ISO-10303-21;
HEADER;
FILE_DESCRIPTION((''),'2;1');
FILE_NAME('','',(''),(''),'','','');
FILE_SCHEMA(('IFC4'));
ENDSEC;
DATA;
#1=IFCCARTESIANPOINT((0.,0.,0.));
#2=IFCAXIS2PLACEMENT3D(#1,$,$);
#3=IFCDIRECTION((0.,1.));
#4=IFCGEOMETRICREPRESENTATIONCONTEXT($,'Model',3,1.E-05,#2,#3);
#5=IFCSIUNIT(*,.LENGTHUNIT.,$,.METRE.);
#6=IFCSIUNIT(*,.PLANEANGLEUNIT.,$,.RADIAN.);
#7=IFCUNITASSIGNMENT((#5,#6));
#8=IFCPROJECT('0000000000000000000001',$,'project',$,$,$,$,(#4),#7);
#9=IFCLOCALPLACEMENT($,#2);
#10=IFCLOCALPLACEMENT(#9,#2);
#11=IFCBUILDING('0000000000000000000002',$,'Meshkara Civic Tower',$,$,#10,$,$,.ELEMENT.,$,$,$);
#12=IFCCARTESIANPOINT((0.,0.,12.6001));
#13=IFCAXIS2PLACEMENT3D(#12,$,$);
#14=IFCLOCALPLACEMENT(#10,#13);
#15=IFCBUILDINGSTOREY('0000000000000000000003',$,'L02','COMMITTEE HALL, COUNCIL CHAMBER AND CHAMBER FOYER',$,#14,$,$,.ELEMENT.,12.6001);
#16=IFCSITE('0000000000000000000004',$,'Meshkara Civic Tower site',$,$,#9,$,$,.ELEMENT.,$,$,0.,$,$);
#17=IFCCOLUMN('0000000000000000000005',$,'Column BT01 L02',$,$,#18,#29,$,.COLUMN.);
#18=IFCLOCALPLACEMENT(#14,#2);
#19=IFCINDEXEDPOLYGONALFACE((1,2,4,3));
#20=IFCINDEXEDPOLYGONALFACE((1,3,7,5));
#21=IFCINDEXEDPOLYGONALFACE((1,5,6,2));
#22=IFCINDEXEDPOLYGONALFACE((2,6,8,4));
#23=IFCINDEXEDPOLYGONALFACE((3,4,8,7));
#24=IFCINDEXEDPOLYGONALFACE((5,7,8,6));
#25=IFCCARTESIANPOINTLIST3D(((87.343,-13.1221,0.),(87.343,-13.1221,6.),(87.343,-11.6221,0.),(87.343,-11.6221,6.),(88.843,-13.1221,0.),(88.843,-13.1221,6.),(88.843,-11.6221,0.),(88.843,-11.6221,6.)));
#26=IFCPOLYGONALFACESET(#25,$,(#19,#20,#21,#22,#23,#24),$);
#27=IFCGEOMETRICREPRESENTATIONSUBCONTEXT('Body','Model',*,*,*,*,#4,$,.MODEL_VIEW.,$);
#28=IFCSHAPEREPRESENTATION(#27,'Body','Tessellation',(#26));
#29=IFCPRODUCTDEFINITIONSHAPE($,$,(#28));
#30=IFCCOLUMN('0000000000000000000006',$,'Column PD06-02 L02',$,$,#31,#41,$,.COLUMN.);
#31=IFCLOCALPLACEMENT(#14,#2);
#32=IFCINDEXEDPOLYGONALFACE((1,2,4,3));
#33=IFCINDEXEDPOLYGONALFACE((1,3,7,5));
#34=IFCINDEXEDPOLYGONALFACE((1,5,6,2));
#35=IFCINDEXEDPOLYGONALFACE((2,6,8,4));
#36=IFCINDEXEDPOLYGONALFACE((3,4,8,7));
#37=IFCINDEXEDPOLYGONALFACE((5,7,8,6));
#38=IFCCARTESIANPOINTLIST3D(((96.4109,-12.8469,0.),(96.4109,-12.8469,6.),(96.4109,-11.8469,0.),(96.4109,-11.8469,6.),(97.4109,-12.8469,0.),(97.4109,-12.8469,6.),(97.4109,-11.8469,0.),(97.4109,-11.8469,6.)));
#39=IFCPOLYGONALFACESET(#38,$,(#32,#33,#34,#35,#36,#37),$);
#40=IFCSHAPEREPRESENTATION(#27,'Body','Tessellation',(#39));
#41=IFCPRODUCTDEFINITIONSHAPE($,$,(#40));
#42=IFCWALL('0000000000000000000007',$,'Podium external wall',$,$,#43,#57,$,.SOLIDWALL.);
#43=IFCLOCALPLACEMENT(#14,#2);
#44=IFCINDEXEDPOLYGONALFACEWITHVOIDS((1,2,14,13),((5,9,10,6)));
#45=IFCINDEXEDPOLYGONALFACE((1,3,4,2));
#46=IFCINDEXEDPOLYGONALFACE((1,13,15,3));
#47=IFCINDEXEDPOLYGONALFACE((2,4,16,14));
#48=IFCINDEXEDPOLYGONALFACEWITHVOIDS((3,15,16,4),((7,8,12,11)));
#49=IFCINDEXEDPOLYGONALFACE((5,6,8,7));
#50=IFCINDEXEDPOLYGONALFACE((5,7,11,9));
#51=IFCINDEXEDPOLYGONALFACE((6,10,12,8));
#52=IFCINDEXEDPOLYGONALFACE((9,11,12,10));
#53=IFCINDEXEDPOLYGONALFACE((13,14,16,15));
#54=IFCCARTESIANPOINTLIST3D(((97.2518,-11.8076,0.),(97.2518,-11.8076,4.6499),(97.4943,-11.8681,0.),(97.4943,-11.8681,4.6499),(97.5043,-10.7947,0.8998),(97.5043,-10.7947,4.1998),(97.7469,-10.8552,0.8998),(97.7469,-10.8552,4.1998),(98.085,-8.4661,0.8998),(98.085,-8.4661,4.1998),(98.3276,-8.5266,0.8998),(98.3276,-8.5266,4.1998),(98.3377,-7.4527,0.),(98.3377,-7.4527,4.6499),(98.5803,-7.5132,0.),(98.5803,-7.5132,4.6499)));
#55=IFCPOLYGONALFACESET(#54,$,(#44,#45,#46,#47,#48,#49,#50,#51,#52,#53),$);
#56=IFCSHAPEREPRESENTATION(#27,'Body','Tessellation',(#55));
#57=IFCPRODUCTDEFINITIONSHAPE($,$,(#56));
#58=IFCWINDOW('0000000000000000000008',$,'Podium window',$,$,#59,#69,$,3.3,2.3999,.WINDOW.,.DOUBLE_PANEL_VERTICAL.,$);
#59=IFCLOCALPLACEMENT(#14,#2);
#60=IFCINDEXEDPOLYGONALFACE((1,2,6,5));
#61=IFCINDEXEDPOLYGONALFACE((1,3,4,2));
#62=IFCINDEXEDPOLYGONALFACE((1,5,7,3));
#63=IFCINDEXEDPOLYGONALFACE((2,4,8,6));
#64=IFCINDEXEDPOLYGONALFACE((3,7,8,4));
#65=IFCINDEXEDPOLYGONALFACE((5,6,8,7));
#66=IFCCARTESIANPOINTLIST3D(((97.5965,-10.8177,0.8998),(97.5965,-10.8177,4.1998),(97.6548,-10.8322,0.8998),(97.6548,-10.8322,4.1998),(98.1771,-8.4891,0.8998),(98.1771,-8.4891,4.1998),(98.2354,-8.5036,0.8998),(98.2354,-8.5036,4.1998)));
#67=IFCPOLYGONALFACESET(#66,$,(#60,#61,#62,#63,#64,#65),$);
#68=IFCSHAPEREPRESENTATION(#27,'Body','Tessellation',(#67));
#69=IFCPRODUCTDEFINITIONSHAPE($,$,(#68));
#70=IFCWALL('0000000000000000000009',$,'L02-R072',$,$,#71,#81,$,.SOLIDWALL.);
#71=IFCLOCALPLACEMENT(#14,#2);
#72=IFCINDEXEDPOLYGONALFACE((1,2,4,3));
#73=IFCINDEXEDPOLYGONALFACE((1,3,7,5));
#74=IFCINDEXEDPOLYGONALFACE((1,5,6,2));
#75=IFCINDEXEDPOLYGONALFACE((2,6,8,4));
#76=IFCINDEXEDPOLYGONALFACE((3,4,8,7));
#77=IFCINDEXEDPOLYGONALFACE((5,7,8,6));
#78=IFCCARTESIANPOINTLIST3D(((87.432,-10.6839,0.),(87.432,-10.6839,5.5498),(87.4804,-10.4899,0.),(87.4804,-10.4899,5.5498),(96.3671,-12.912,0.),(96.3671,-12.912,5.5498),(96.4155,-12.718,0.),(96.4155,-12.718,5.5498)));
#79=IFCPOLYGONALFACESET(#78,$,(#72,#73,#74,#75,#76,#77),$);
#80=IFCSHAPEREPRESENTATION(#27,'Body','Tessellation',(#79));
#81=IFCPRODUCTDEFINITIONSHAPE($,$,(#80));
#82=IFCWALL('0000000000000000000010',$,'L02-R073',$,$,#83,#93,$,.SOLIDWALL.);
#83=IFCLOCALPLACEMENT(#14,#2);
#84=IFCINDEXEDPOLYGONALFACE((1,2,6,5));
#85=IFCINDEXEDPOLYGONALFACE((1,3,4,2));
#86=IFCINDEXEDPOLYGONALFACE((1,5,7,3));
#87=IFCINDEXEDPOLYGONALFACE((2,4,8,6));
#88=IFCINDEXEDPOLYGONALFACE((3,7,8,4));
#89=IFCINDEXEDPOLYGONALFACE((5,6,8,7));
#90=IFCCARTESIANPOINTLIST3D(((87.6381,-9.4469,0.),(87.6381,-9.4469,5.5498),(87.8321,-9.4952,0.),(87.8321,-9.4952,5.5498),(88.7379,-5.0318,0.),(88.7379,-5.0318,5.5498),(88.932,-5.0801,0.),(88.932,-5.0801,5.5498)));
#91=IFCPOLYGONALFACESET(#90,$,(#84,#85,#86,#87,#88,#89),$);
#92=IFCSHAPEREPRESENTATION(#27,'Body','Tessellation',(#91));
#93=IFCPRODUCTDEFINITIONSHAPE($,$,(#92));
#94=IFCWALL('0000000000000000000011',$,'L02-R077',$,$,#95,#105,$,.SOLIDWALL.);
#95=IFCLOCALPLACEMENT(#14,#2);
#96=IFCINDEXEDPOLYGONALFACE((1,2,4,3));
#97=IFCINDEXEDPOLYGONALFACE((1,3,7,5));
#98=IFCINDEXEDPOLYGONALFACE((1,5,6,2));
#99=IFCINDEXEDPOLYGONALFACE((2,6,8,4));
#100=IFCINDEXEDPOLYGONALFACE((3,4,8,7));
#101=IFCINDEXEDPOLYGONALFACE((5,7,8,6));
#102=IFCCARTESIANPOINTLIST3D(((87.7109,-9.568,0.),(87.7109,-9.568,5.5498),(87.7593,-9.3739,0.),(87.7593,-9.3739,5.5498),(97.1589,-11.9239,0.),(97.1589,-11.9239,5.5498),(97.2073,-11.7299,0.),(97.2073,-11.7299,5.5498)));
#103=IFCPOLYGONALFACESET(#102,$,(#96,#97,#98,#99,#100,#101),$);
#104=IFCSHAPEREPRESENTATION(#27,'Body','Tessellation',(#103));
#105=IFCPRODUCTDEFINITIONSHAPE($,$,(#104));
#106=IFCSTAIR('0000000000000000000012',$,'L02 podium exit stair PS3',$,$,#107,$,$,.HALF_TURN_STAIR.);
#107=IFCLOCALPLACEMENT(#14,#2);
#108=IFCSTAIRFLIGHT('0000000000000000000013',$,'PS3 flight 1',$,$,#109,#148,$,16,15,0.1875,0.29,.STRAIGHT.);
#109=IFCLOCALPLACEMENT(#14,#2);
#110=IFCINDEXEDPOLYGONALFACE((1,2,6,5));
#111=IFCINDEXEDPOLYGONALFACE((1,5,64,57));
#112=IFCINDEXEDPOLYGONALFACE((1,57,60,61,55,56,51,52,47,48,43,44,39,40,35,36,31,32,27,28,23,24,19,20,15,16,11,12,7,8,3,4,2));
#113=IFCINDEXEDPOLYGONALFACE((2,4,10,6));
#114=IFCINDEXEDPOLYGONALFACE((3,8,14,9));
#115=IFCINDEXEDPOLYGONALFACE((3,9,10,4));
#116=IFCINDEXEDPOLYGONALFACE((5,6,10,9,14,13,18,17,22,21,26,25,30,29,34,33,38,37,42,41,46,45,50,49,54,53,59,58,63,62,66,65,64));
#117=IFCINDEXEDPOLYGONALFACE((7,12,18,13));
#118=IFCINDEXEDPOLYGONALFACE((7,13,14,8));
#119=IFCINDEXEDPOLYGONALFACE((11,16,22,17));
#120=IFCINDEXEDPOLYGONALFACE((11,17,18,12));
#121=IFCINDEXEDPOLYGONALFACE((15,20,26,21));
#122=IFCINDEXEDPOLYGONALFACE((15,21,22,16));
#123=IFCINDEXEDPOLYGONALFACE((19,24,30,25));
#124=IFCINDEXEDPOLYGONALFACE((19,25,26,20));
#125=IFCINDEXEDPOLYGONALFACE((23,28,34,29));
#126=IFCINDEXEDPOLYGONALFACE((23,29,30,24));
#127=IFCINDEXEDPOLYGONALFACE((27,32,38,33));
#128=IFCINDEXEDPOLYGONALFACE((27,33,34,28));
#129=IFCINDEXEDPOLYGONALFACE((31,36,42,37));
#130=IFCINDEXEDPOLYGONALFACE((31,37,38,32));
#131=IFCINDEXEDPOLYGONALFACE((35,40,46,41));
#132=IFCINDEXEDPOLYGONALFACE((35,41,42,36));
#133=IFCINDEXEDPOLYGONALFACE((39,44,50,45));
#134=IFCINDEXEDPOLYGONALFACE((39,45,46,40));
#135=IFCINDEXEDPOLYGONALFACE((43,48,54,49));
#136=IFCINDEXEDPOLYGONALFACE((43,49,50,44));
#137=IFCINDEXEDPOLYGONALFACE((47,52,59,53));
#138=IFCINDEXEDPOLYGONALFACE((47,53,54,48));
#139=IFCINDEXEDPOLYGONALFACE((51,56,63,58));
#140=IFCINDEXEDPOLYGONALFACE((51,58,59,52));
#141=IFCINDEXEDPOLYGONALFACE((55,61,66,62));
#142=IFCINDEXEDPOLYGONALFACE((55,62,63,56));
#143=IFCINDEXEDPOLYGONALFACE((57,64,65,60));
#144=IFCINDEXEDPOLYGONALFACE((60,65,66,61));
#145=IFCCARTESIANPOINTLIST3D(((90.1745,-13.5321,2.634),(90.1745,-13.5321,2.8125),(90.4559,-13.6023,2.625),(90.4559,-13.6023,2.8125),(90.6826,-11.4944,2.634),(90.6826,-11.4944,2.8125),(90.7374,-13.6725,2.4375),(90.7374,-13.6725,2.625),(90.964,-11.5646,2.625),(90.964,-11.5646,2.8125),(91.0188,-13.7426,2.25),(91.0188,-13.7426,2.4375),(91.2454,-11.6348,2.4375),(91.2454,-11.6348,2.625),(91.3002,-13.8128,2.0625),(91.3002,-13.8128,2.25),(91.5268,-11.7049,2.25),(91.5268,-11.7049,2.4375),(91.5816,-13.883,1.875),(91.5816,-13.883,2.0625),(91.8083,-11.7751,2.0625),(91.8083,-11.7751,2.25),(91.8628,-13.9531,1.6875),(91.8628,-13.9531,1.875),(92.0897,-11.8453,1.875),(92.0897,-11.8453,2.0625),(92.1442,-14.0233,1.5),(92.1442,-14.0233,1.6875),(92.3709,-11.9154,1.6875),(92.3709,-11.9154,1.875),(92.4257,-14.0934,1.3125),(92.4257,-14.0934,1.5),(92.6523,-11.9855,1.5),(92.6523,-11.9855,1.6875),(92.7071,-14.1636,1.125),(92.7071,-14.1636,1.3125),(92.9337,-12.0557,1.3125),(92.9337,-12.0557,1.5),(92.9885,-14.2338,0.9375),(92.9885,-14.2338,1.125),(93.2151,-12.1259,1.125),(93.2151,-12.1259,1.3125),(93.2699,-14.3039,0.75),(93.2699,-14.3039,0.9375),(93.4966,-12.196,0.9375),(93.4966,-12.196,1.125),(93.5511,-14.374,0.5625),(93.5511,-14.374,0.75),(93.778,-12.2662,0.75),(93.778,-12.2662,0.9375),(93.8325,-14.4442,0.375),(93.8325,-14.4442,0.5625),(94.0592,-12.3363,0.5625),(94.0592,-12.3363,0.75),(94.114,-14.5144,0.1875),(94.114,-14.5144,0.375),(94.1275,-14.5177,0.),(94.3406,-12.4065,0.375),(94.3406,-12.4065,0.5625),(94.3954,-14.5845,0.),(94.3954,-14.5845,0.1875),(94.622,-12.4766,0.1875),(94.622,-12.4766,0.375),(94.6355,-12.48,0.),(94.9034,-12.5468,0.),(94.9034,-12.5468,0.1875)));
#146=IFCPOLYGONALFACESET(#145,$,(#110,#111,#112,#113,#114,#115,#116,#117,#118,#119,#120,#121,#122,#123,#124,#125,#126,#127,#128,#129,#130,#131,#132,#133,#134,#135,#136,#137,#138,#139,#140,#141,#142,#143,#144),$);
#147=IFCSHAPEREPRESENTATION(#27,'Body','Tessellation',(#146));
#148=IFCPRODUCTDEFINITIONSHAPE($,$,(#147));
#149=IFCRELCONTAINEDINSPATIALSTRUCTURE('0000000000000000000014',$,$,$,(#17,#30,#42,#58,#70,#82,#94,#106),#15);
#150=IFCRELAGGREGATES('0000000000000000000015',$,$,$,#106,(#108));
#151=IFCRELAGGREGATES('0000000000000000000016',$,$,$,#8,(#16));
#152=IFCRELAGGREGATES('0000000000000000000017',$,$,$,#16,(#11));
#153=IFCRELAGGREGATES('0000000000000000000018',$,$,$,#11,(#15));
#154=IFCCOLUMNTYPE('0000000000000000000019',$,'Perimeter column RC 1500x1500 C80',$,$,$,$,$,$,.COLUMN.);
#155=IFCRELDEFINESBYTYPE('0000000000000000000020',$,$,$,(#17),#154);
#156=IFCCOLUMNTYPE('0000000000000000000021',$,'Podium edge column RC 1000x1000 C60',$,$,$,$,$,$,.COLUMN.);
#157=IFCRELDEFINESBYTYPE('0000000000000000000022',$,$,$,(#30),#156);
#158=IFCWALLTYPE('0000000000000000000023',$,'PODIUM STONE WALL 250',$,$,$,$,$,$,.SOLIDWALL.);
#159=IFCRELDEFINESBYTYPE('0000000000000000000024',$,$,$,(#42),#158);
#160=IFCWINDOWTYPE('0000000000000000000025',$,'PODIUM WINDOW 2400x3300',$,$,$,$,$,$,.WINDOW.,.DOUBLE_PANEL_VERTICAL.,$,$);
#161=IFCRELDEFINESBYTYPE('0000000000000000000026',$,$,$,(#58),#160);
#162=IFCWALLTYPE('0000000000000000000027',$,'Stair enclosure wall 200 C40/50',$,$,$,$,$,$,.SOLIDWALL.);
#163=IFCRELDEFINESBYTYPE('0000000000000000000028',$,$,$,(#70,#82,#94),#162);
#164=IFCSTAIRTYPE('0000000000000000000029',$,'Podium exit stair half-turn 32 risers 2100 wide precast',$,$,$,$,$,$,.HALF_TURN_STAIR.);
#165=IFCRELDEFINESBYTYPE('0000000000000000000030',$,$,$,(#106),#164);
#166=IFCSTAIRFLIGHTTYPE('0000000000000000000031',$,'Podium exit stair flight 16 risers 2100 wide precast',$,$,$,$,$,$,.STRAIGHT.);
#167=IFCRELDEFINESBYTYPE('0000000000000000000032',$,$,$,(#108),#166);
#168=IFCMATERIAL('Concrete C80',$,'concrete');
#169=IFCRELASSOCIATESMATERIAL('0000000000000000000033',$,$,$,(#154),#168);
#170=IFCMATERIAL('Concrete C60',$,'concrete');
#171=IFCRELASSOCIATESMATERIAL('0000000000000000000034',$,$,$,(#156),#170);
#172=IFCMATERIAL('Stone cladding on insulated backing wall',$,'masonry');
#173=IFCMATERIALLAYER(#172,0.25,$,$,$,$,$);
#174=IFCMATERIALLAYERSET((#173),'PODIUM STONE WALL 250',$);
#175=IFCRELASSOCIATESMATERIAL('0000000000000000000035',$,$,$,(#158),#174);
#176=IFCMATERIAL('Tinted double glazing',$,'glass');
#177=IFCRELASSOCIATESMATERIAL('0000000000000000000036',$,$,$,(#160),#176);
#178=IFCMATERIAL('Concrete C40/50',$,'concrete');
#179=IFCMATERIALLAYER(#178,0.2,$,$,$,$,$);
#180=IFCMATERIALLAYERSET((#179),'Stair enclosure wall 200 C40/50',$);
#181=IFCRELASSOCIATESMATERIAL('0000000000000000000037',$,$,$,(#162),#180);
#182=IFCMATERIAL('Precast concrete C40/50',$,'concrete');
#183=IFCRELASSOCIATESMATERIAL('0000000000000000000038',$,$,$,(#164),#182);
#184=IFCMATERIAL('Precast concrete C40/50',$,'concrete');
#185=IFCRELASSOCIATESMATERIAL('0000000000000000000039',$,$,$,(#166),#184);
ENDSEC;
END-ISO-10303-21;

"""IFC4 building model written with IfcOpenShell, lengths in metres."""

from ifc_helpers import new_model, si_unit, direction, frame, frame_2d, origin, origin_2d, place, context, subcontext, project, spatial, polyline, rectangle, outline, extrude, material, layer, layer_set, material_profile, profile_set, type_object, element, fill, aggregate, save


model = new_model("IFC4")

# Units and contexts
model_context = context("Model", 3, precision=1e-05, world=origin(), true_north=direction((0.0, 1.0)))
body_context = subcontext(model_context, "Body", "Model", "MODEL_VIEW")
ifc_project = project(units=[si_unit("LENGTHUNIT", "METRE"), si_unit("PLANEANGLEUNIT", "RADIAN")], contexts=[model_context])

# Site, building, storey
site_placement = place(None, origin())
site = spatial("IfcSite", under=ifc_project, at=site_placement, Name="Meshkara Civic Tower site", CompositionType="ELEMENT", RefElevation=0.0)
building_placement = place(site_placement, origin())
building = spatial("IfcBuilding", under=site, at=building_placement, Name="Meshkara Civic Tower", CompositionType="ELEMENT")
storey_placement = place(building_placement, frame((0.0, 0.0, 12.6001)))
storey = spatial("IfcBuildingStorey", under=building, at=storey_placement, Name="L02", Description="COMMITTEE HALL, COUNCIL CHAMBER AND CHAMBER FOYER", CompositionType="ELEMENT", Elevation=12.6001)

# Columns
ifc_material_1 = material(Name="Concrete C80", Category="concrete")
ifc_material_profile_1 = material_profile(ifc_material_1, rectangle(XDim=1.5, YDim=1.5, at=origin_2d()))
ifc_profile_set_1 = profile_set([ifc_material_profile_1], Name="Concrete C80")
column_type_1 = type_object("IfcColumnType", Name="Perimeter column RC 1500x1500 C80", PredefinedType="COLUMN", material=ifc_profile_set_1)
column_1_placement = place(storey_placement, frame((88.093, -12.3721, 0.0), z_axis=(0.0, 0.0, 1.0), x_axis=(1.0, 0.0, 0.0)))
element("IfcColumn", 1, at=column_1_placement, inside=storey, type_object=column_type_1, Name="Column BT01 L02", PredefinedType="COLUMN", context=body_context, shape_type="SweptSolid", body=[
    extrude(rectangle(XDim=1.5, YDim=1.5, at=origin_2d()), origin(), (0.0, 0.0, 1.0), 6.0),
])
ifc_material_2 = material(Name="Concrete C60", Category="concrete")
ifc_material_profile_2 = material_profile(ifc_material_2, rectangle(XDim=1.0, YDim=1.0, at=origin_2d()))
ifc_profile_set_2 = profile_set([ifc_material_profile_2], Name="Concrete C60")
column_type_2 = type_object("IfcColumnType", Name="Podium edge column RC 1000x1000 C60", PredefinedType="COLUMN", material=ifc_profile_set_2)
column_2_placement = place(storey_placement, frame((96.9109, -12.3469, 0.0), z_axis=(0.0, 0.0, 1.0), x_axis=(1.0, 0.0, 0.0)))
element("IfcColumn", 2, at=column_2_placement, inside=storey, type_object=column_type_2, Name="Column PD06-02 L02", PredefinedType="COLUMN", context=body_context, shape_type="SweptSolid", body=[
    extrude(rectangle(XDim=1.0, YDim=1.0, at=origin_2d()), origin(), (0.0, 0.0, 1.0), 6.0),
])

# Wall, opening, window
ifc_material_3 = material(Name="Stone cladding on insulated backing wall", Category="masonry")
ifc_layer_1 = layer(ifc_material_3, 0.25)
ifc_layer_set_1 = layer_set([ifc_layer_1], Name="PODIUM STONE WALL 250")
wall_type_1 = type_object("IfcWallType", Name="PODIUM STONE WALL 250", PredefinedType="SOLIDWALL", material=ifc_layer_set_1)
wall_1_placement = place(storey_placement, frame((97.373, -11.8379, 0.0), z_axis=(0.0, 0.0, 1.0), x_axis=(0.241947, 0.97029, 0.0)))
wall_1 = element("IfcWall", 3, at=wall_1_placement, inside=storey, type_object=wall_type_1, Name="Podium external wall", PredefinedType="SOLIDWALL", context=body_context, shape_type="SweptSolid", body=[
    extrude(rectangle(XDim=4.4883, YDim=0.25, at=frame_2d((2.2441, 0.0))), origin(), (0.0, 0.0, 1.0), 4.6499),
])
opening_placement = place(wall_1_placement, frame((1.0439, 0.0, 0.8999)))
opening = element("IfcOpeningElement", 4, at=opening_placement, cuts=wall_1, PredefinedType="OPENING", context=body_context, shape_type="SweptSolid", body=[
    extrude(rectangle(XDim=2.3999, YDim=3.3, at=frame_2d((1.2, 1.6499))), frame((0.0, 0.135, 0.0), z_axis=(0.0, -1.0, 0.0), x_axis=(1.0, 0.0, 0.0)), (0.0, 0.0, 1.0), 0.27),
])
ifc_material_4 = material(Name="Tinted double glazing", Category="glass")
window_type = type_object("IfcWindowType", Name="PODIUM WINDOW 2400x3300", PartitioningType="DOUBLE_PANEL_VERTICAL", PredefinedType="WINDOW", material=ifc_material_4)
window_placement = place(opening_placement, origin())
window = element("IfcWindow", 5, at=window_placement, inside=storey, type_object=window_type, Name="Podium window", OverallHeight=3.3, OverallWidth=2.3999, PartitioningType="DOUBLE_PANEL_VERTICAL", PredefinedType="WINDOW", context=body_context, shape_type="SweptSolid", body=[
    extrude(rectangle(XDim=2.3999, YDim=3.3, at=frame_2d((1.2, 1.6499))), frame((0.0, 0.03, 0.0), z_axis=(0.0, -1.0, 0.0), x_axis=(1.0, 0.0, 0.0)), (0.0, 0.0, 1.0), 0.0601),
])
fill(opening, window)

# Walls
ifc_material_5 = material(Name="Concrete C40/50", Category="concrete")
ifc_layer_2 = layer(ifc_material_5, 0.2)
ifc_layer_set_2 = layer_set([ifc_layer_2], Name="Stair enclosure wall 200 C40/50")
wall_type_2 = type_object("IfcWallType", Name="Stair enclosure wall 200 C40/50", PredefinedType="SOLIDWALL", material=ifc_layer_set_2)
wall_2_placement = place(storey_placement, frame((87.4561, -10.5869, 0.0), z_axis=(0.0, 0.0, 1.0), x_axis=(0.970289, -0.241949, 0.0)))
element("IfcWall", 6, at=wall_2_placement, inside=storey, type_object=wall_type_2, Name="L02-R072", PredefinedType="SOLIDWALL", context=body_context, shape_type="SweptSolid", body=[
    extrude(rectangle(XDim=9.2087, YDim=0.2, at=frame_2d((4.6045, 0.0))), origin(), (0.0, 0.0, 1.0), 5.5498),
])
wall_3_placement = place(storey_placement, frame((87.7351, -9.4709, 0.0), z_axis=(0.0, 0.0, 1.0), x_axis=(0.241728, 0.970344, 0.0)))
element("IfcWall", 7, at=wall_3_placement, inside=storey, type_object=wall_type_2, Name="L02-R073", PredefinedType="SOLIDWALL", context=body_context, shape_type="SweptSolid", body=[
    extrude(rectangle(XDim=4.55, YDim=0.2, at=frame_2d((2.2749, 0.0))), origin(), (0.0, 0.0, 1.0), 5.5498),
])
wall_4_placement = place(storey_placement, frame((97.1831, -11.8269, 0.0), z_axis=(0.0, 0.0, 1.0), x_axis=(-0.970288, 0.241952, 0.0)))
element("IfcWall", 8, at=wall_4_placement, inside=storey, type_object=wall_type_2, Name="L02-R077", PredefinedType="SOLIDWALL", context=body_context, shape_type="SweptSolid", body=[
    extrude(rectangle(XDim=9.7373, YDim=0.2, at=frame_2d((4.8687, 0.0))), origin(), (0.0, 0.0, 1.0), 5.5498),
])

# Stair, stair flight
ifc_material_6 = material(Name="Precast concrete C40/50", Category="concrete")
stair_type = type_object("IfcStairType", Name="Podium exit stair half-turn 32 risers 2100 wide precast", PredefinedType="HALF_TURN_STAIR", material=ifc_material_6)
stair_1_placement = place(storey_placement, origin())
stair_1 = element("IfcStair", 9, at=stair_1_placement, inside=storey, type_object=stair_type, Name="L02 podium exit stair PS3", PredefinedType="HALF_TURN_STAIR")
ifc_material_7 = material(Name="Precast concrete C40/50", Category="concrete")
stair_flight_type = type_object("IfcStairFlightType", Name="Podium exit stair flight 16 risers 2100 wide precast", PredefinedType="STRAIGHT", material=ifc_material_7)
stair_flight_1_placement = place(storey_placement, frame((94.6494, -13.5657, 0.0), z_axis=(0.0, 0.0, 1.0), x_axis=(-0.970296, 0.241922, 0.0)))
stair_flight_1 = element("IfcStairFlight", 10, at=stair_flight_1_placement, type_object=stair_flight_type, Name="PS3 flight 1", NumberOfRisers=16, NumberOfTreads=15, PredefinedType="STRAIGHT", RiserHeight=0.1875, TreadLength=0.29, context=body_context, shape_type="SweptSolid", body=[
    extrude(outline(polyline([(0.0, 0.0), (0.0, 0.1875), (0.29, 0.1875), (0.29, 0.375), (0.5801, 0.375), (0.5801, 0.5625), (0.8701, 0.5625), (0.8701, 0.75), (1.1599, 0.75), (1.1599, 0.9375), (1.45, 0.9375), (1.45, 1.125), (1.74, 1.125), (1.74, 1.3125), (2.03, 1.3125), (2.03, 1.5), (2.3201, 1.5), (2.3201, 1.6875), (2.6101, 1.6875), (2.6101, 1.875), (2.8999, 1.875), (2.8999, 2.0625), (3.1899, 2.0625), (3.1899, 2.25), (3.48, 2.25), (3.48, 2.4375), (3.77, 2.4375), (3.77, 2.625), (4.0601, 2.625), (4.0601, 2.8125), (4.3501, 2.8125), (4.3501, 3.0), (4.3501, 2.634), (0.2761, 0.0), (0.0, 0.0)])), frame((0.0, 1.05, 0.0), z_axis=(0.0, -1.0, 0.0), x_axis=(1.0, 0.0, 0.0)), (0.0, 0.0, 1.0), 2.1001),
])
aggregate(stair_1, [stair_flight_1])

save(model, "model.ifc")
